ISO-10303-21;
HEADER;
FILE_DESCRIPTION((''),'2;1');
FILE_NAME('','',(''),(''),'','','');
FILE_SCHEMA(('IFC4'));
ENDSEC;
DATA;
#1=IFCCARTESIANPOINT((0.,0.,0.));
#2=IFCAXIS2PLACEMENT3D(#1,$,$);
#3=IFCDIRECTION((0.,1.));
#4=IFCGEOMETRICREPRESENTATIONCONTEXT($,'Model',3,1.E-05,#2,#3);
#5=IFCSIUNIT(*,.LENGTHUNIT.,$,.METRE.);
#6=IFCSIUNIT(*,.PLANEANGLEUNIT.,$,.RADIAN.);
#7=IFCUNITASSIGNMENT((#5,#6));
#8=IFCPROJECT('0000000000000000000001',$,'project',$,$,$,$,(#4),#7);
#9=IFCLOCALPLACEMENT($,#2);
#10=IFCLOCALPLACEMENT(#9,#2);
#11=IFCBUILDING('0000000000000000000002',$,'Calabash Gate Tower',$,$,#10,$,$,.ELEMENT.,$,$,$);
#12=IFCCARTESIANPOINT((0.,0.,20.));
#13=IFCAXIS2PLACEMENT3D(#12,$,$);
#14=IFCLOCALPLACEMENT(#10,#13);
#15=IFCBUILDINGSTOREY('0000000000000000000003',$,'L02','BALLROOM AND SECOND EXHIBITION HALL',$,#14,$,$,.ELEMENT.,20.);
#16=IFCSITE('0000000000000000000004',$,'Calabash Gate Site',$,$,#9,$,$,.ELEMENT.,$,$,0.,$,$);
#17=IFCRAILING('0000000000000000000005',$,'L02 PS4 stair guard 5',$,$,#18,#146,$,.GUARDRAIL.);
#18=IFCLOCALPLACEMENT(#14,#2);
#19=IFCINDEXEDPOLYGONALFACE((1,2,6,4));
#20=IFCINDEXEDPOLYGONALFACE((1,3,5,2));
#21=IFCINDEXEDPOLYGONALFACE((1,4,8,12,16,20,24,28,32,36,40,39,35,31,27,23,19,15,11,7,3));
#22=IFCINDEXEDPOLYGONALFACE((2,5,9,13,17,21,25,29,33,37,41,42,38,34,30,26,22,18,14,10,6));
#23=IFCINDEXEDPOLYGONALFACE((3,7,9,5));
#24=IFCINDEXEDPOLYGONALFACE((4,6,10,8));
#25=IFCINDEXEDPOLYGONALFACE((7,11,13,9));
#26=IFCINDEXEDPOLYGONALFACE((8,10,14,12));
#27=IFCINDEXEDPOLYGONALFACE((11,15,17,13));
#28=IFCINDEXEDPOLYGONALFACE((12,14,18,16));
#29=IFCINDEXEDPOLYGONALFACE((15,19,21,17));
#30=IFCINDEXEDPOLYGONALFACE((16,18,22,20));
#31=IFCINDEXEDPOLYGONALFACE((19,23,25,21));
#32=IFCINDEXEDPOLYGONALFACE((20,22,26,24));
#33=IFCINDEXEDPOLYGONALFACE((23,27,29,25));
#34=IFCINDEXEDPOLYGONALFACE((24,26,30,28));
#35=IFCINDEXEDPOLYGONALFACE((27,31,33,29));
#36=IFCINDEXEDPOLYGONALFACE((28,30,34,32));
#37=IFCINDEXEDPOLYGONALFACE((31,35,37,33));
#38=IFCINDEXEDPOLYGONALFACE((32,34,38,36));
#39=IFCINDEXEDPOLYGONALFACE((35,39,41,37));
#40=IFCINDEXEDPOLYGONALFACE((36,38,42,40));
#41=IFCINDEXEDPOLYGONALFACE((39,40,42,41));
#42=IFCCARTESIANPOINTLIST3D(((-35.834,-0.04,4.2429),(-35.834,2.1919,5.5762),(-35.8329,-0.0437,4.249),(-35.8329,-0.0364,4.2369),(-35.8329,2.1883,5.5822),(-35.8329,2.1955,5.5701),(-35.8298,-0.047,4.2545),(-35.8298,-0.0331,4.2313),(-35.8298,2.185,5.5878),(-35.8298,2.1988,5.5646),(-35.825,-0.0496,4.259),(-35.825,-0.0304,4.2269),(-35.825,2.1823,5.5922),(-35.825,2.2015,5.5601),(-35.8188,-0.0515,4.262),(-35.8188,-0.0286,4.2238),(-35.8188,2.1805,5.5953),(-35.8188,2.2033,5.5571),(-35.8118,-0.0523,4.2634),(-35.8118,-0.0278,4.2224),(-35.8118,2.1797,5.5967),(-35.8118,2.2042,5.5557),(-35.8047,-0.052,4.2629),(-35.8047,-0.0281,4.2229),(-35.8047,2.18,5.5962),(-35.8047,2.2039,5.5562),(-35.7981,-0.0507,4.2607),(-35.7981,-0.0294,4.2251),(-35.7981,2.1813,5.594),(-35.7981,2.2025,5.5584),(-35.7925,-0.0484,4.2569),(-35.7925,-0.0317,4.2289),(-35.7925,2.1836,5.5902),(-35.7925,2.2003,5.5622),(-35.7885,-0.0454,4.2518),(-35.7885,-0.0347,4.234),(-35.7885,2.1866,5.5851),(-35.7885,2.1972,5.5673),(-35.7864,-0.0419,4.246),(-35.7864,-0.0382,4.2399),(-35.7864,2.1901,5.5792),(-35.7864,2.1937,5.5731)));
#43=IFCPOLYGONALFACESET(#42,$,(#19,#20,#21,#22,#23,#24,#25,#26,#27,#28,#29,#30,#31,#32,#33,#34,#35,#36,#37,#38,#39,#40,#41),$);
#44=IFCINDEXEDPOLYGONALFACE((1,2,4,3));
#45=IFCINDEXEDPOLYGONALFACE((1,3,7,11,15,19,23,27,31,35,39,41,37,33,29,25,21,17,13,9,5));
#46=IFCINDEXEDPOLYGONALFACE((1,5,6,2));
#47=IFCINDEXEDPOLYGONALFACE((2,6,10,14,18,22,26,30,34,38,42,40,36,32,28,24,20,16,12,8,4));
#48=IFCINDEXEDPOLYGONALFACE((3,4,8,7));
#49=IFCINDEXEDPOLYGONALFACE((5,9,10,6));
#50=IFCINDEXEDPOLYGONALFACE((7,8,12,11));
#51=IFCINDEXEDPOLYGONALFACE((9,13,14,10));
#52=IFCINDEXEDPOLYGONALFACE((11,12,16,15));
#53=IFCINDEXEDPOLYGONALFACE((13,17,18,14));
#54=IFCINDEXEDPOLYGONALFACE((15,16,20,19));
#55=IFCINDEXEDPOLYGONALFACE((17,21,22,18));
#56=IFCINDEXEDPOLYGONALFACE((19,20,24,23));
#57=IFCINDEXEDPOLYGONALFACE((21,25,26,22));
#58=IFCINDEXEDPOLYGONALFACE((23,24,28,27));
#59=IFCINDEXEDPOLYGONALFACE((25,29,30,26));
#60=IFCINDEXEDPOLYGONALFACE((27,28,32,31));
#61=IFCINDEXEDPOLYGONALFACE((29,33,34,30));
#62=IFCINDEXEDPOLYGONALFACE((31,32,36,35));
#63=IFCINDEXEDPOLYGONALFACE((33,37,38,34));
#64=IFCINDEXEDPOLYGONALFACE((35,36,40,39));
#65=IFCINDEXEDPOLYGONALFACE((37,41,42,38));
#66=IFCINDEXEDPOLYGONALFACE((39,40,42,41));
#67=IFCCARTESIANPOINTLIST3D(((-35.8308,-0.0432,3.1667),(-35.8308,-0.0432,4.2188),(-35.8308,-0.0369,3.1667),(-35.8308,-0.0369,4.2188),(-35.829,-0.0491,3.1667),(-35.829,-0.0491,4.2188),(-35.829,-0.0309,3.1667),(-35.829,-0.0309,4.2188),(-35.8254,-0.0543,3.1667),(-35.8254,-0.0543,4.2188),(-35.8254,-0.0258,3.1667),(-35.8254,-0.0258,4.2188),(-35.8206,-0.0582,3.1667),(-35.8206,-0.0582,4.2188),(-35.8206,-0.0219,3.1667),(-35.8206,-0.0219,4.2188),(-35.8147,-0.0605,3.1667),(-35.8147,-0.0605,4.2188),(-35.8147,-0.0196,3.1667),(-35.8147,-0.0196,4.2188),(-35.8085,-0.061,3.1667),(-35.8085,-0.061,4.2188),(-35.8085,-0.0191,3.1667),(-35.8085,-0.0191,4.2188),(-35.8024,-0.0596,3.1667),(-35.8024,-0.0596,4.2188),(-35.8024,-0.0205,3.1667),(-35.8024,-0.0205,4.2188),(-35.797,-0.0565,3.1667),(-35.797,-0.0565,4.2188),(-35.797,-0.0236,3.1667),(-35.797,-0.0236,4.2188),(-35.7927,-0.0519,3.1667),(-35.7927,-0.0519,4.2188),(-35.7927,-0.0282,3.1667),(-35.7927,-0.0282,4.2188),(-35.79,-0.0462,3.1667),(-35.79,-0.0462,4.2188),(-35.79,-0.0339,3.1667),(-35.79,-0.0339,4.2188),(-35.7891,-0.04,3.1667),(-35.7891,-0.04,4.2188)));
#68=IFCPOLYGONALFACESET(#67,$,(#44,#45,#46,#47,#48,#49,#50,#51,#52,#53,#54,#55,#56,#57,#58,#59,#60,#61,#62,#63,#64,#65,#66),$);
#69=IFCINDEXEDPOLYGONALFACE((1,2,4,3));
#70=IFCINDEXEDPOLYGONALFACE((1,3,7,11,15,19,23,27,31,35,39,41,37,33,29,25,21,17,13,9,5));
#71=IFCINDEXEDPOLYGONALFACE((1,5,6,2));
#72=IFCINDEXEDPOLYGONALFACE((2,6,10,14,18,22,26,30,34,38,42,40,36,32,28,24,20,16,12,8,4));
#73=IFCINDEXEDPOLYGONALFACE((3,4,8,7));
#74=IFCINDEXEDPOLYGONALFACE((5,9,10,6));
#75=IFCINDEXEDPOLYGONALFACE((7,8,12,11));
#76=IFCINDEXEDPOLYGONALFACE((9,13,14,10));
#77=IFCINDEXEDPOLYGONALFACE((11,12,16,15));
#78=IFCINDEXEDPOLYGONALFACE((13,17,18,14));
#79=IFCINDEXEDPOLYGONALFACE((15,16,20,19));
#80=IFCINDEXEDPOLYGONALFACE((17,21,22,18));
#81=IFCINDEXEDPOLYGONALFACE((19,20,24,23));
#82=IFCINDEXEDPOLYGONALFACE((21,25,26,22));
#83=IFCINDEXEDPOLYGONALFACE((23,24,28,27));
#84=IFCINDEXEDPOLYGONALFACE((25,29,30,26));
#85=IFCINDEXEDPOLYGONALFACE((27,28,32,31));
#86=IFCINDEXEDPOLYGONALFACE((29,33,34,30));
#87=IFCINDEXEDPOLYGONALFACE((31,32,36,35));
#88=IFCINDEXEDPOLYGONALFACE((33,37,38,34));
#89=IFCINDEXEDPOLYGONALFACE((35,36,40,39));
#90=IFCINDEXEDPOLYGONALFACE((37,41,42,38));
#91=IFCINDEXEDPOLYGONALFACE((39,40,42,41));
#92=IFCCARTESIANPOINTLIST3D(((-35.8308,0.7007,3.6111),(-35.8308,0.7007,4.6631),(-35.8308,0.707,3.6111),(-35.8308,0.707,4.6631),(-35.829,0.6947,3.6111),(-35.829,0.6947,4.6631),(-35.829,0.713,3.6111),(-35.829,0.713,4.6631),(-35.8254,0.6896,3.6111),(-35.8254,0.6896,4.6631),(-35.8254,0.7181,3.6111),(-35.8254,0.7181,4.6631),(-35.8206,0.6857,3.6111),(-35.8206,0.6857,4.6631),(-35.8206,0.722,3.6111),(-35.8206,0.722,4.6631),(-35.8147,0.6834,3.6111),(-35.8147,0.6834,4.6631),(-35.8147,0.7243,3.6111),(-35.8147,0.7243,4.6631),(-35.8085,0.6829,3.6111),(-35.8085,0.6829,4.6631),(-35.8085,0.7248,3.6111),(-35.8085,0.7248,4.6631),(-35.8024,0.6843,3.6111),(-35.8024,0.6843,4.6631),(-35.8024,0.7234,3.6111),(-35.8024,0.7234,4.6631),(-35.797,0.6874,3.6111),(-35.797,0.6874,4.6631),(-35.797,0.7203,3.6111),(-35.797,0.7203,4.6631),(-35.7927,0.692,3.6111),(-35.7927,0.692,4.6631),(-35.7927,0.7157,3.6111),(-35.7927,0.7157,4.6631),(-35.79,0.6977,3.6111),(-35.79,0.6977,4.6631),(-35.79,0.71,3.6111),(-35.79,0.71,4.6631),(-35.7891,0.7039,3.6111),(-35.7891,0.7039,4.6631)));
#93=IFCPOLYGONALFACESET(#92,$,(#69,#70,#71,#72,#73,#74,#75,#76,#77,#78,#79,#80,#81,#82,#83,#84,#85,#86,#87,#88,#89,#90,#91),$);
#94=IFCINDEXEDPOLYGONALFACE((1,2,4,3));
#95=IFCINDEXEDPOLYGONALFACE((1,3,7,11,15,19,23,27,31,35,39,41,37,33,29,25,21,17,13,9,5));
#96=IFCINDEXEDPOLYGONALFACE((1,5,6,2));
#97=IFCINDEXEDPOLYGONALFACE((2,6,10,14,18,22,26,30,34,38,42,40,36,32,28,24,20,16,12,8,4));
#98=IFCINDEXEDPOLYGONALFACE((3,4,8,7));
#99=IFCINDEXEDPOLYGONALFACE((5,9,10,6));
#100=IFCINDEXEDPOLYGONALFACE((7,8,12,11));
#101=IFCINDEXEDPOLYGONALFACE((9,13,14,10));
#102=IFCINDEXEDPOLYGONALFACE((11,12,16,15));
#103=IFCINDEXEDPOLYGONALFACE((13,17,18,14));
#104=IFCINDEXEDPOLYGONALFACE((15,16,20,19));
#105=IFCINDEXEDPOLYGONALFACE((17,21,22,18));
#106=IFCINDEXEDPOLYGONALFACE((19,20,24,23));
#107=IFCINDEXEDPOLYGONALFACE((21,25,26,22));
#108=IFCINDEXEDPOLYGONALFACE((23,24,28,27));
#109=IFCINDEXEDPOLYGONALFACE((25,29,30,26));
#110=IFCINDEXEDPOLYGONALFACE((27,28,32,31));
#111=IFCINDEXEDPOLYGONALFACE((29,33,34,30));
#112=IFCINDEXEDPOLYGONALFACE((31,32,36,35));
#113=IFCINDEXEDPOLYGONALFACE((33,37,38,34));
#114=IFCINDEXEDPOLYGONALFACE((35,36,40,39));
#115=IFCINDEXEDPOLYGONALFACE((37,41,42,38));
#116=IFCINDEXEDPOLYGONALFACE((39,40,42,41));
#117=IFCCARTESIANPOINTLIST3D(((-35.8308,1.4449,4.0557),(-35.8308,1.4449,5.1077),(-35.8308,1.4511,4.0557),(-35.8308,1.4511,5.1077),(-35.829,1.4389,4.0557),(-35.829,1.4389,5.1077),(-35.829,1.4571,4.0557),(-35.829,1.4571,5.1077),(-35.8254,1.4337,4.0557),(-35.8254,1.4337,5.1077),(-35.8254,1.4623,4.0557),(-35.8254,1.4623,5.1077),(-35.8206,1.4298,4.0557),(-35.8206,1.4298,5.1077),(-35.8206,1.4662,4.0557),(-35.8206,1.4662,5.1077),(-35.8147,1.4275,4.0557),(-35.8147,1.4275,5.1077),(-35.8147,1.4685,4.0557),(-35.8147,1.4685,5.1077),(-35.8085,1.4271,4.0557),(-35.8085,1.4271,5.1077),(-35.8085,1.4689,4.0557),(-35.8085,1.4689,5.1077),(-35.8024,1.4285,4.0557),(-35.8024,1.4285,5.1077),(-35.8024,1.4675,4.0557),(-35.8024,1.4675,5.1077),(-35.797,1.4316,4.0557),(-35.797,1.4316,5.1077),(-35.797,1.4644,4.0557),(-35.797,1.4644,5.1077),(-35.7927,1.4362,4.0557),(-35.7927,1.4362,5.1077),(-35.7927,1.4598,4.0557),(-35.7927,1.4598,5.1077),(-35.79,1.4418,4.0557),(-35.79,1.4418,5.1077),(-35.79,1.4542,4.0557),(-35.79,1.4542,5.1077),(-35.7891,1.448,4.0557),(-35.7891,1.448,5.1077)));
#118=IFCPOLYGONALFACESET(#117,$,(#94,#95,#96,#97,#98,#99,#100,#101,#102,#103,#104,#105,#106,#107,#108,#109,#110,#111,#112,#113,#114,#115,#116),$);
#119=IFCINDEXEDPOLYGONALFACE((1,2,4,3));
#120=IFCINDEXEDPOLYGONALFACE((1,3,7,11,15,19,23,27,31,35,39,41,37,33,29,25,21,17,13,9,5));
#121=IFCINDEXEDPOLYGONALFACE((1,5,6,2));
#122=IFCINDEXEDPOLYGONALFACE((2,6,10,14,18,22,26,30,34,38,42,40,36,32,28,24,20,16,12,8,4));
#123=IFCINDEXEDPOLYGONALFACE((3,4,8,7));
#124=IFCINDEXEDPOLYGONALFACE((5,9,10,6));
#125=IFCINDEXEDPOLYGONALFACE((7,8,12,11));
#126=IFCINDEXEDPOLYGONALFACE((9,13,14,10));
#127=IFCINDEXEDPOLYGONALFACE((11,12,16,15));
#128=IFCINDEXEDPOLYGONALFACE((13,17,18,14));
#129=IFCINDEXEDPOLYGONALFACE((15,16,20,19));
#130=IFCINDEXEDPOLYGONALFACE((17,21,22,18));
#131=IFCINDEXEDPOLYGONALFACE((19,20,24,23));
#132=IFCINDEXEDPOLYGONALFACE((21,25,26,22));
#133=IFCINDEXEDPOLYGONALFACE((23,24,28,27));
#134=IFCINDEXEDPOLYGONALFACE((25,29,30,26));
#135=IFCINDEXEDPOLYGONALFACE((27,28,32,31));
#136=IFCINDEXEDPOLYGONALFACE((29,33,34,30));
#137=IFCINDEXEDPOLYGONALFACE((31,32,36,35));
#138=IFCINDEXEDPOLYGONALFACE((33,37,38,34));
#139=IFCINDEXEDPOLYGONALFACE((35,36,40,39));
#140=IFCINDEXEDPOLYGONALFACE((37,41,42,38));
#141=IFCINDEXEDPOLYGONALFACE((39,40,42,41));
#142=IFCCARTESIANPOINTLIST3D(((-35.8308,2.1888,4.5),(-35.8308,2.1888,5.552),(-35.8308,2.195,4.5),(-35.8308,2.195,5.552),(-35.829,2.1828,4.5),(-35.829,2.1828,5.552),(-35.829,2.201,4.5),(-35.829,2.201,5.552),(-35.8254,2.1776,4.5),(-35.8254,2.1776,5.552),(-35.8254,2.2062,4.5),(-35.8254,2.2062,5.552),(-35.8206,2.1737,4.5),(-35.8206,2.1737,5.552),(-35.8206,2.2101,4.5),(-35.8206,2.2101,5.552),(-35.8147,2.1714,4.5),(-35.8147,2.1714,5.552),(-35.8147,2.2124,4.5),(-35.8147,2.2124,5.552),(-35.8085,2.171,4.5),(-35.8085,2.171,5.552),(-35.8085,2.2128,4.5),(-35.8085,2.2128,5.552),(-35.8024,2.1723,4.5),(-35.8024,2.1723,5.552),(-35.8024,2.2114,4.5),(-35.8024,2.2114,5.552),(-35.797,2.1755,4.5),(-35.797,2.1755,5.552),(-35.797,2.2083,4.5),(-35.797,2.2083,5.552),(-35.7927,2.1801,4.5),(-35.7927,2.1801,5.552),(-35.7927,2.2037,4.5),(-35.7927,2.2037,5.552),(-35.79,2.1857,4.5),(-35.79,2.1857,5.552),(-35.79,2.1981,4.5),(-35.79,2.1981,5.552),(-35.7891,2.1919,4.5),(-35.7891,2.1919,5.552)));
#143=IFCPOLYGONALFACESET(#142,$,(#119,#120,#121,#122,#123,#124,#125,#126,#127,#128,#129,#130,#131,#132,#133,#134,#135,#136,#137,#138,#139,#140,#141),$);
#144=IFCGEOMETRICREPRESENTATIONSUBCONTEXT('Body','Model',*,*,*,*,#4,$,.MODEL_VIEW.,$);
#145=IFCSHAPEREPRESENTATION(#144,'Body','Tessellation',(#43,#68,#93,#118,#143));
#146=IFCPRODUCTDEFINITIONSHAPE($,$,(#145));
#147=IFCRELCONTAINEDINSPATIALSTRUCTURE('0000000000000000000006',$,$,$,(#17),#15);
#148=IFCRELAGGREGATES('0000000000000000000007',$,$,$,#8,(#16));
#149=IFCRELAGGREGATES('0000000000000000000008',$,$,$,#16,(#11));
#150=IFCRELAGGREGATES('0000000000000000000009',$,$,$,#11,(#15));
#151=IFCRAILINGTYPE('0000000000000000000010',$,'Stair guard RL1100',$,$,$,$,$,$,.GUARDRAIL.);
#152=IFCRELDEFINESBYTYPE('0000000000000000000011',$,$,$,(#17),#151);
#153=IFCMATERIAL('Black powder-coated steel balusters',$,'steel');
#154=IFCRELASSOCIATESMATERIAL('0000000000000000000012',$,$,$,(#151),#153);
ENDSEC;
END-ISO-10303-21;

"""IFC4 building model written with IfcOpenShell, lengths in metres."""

from ifc_helpers import new_model, si_unit, direction, frame, origin, origin_2d, place, context, subcontext, project, spatial, circle, extrude, material, type_object, element, save


model = new_model("IFC4")

# Units and contexts
model_context = context("Model", 3, precision=1e-05, world=origin(), true_north=direction((0.0, 1.0)))
body_context = subcontext(model_context, "Body", "Model", "MODEL_VIEW")
ifc_project = project(units=[si_unit("LENGTHUNIT", "METRE"), si_unit("PLANEANGLEUNIT", "RADIAN")], contexts=[model_context])

# Site, building, storey
site_placement = place(None, origin())
site = spatial("IfcSite", under=ifc_project, at=site_placement, Name="Calabash Gate Site", CompositionType="ELEMENT", RefElevation=0.0)
building_placement = place(site_placement, origin())
building = spatial("IfcBuilding", under=site, at=building_placement, Name="Calabash Gate Tower", CompositionType="ELEMENT")
storey_placement = place(building_placement, frame((0.0, 0.0, 20.0)))
storey = spatial("IfcBuildingStorey", under=building, at=storey_placement, Name="L02", Description="BALLROOM AND SECOND EXHIBITION HALL", CompositionType="ELEMENT", Elevation=20.0)

# Railing
ifc_material_1 = material(Name="Black powder-coated steel balusters", Category="steel")
railing_type_1 = type_object("IfcRailingType", Name="Stair guard RL1100", PredefinedType="GUARDRAIL", material=ifc_material_1)
for number, where, name in (
    (1, (-35.8101, -0.04, 3.1667), "L02 PS4 stair guard 5"),
):
    element("IfcRailing", number, at=place(storey_placement, frame(where)), inside=storey, type_object=railing_type_1, Name=name, PredefinedType="GUARDRAIL", context=body_context, shape_type="SweptSolid", body=[
        extrude(circle(Radius=0.0239, at=origin_2d()), frame((0.0, 0.0, 1.0762), z_axis=(0.0, 0.858494, 0.512824), x_axis=(-1.0, 0.0, 0.0)), (0.0, 0.0, 1.0), 2.5999),
        extrude(circle(Radius=0.021, at=origin_2d()), origin(), (0.0, 0.0, 1.0), 1.052),
        extrude(circle(Radius=0.021, at=origin_2d()), frame((0.0, 0.7439, 0.4443)), (0.0, 0.0, 1.0), 1.052),
        extrude(circle(Radius=0.021, at=origin_2d()), frame((0.0, 1.488, 0.8889)), (0.0, 0.0, 1.0), 1.052),
        extrude(circle(Radius=0.021, at=origin_2d()), frame((0.0, 2.2319, 1.3333)), (0.0, 0.0, 1.0), 1.052),
    ])

save(model, "model.ifc")
